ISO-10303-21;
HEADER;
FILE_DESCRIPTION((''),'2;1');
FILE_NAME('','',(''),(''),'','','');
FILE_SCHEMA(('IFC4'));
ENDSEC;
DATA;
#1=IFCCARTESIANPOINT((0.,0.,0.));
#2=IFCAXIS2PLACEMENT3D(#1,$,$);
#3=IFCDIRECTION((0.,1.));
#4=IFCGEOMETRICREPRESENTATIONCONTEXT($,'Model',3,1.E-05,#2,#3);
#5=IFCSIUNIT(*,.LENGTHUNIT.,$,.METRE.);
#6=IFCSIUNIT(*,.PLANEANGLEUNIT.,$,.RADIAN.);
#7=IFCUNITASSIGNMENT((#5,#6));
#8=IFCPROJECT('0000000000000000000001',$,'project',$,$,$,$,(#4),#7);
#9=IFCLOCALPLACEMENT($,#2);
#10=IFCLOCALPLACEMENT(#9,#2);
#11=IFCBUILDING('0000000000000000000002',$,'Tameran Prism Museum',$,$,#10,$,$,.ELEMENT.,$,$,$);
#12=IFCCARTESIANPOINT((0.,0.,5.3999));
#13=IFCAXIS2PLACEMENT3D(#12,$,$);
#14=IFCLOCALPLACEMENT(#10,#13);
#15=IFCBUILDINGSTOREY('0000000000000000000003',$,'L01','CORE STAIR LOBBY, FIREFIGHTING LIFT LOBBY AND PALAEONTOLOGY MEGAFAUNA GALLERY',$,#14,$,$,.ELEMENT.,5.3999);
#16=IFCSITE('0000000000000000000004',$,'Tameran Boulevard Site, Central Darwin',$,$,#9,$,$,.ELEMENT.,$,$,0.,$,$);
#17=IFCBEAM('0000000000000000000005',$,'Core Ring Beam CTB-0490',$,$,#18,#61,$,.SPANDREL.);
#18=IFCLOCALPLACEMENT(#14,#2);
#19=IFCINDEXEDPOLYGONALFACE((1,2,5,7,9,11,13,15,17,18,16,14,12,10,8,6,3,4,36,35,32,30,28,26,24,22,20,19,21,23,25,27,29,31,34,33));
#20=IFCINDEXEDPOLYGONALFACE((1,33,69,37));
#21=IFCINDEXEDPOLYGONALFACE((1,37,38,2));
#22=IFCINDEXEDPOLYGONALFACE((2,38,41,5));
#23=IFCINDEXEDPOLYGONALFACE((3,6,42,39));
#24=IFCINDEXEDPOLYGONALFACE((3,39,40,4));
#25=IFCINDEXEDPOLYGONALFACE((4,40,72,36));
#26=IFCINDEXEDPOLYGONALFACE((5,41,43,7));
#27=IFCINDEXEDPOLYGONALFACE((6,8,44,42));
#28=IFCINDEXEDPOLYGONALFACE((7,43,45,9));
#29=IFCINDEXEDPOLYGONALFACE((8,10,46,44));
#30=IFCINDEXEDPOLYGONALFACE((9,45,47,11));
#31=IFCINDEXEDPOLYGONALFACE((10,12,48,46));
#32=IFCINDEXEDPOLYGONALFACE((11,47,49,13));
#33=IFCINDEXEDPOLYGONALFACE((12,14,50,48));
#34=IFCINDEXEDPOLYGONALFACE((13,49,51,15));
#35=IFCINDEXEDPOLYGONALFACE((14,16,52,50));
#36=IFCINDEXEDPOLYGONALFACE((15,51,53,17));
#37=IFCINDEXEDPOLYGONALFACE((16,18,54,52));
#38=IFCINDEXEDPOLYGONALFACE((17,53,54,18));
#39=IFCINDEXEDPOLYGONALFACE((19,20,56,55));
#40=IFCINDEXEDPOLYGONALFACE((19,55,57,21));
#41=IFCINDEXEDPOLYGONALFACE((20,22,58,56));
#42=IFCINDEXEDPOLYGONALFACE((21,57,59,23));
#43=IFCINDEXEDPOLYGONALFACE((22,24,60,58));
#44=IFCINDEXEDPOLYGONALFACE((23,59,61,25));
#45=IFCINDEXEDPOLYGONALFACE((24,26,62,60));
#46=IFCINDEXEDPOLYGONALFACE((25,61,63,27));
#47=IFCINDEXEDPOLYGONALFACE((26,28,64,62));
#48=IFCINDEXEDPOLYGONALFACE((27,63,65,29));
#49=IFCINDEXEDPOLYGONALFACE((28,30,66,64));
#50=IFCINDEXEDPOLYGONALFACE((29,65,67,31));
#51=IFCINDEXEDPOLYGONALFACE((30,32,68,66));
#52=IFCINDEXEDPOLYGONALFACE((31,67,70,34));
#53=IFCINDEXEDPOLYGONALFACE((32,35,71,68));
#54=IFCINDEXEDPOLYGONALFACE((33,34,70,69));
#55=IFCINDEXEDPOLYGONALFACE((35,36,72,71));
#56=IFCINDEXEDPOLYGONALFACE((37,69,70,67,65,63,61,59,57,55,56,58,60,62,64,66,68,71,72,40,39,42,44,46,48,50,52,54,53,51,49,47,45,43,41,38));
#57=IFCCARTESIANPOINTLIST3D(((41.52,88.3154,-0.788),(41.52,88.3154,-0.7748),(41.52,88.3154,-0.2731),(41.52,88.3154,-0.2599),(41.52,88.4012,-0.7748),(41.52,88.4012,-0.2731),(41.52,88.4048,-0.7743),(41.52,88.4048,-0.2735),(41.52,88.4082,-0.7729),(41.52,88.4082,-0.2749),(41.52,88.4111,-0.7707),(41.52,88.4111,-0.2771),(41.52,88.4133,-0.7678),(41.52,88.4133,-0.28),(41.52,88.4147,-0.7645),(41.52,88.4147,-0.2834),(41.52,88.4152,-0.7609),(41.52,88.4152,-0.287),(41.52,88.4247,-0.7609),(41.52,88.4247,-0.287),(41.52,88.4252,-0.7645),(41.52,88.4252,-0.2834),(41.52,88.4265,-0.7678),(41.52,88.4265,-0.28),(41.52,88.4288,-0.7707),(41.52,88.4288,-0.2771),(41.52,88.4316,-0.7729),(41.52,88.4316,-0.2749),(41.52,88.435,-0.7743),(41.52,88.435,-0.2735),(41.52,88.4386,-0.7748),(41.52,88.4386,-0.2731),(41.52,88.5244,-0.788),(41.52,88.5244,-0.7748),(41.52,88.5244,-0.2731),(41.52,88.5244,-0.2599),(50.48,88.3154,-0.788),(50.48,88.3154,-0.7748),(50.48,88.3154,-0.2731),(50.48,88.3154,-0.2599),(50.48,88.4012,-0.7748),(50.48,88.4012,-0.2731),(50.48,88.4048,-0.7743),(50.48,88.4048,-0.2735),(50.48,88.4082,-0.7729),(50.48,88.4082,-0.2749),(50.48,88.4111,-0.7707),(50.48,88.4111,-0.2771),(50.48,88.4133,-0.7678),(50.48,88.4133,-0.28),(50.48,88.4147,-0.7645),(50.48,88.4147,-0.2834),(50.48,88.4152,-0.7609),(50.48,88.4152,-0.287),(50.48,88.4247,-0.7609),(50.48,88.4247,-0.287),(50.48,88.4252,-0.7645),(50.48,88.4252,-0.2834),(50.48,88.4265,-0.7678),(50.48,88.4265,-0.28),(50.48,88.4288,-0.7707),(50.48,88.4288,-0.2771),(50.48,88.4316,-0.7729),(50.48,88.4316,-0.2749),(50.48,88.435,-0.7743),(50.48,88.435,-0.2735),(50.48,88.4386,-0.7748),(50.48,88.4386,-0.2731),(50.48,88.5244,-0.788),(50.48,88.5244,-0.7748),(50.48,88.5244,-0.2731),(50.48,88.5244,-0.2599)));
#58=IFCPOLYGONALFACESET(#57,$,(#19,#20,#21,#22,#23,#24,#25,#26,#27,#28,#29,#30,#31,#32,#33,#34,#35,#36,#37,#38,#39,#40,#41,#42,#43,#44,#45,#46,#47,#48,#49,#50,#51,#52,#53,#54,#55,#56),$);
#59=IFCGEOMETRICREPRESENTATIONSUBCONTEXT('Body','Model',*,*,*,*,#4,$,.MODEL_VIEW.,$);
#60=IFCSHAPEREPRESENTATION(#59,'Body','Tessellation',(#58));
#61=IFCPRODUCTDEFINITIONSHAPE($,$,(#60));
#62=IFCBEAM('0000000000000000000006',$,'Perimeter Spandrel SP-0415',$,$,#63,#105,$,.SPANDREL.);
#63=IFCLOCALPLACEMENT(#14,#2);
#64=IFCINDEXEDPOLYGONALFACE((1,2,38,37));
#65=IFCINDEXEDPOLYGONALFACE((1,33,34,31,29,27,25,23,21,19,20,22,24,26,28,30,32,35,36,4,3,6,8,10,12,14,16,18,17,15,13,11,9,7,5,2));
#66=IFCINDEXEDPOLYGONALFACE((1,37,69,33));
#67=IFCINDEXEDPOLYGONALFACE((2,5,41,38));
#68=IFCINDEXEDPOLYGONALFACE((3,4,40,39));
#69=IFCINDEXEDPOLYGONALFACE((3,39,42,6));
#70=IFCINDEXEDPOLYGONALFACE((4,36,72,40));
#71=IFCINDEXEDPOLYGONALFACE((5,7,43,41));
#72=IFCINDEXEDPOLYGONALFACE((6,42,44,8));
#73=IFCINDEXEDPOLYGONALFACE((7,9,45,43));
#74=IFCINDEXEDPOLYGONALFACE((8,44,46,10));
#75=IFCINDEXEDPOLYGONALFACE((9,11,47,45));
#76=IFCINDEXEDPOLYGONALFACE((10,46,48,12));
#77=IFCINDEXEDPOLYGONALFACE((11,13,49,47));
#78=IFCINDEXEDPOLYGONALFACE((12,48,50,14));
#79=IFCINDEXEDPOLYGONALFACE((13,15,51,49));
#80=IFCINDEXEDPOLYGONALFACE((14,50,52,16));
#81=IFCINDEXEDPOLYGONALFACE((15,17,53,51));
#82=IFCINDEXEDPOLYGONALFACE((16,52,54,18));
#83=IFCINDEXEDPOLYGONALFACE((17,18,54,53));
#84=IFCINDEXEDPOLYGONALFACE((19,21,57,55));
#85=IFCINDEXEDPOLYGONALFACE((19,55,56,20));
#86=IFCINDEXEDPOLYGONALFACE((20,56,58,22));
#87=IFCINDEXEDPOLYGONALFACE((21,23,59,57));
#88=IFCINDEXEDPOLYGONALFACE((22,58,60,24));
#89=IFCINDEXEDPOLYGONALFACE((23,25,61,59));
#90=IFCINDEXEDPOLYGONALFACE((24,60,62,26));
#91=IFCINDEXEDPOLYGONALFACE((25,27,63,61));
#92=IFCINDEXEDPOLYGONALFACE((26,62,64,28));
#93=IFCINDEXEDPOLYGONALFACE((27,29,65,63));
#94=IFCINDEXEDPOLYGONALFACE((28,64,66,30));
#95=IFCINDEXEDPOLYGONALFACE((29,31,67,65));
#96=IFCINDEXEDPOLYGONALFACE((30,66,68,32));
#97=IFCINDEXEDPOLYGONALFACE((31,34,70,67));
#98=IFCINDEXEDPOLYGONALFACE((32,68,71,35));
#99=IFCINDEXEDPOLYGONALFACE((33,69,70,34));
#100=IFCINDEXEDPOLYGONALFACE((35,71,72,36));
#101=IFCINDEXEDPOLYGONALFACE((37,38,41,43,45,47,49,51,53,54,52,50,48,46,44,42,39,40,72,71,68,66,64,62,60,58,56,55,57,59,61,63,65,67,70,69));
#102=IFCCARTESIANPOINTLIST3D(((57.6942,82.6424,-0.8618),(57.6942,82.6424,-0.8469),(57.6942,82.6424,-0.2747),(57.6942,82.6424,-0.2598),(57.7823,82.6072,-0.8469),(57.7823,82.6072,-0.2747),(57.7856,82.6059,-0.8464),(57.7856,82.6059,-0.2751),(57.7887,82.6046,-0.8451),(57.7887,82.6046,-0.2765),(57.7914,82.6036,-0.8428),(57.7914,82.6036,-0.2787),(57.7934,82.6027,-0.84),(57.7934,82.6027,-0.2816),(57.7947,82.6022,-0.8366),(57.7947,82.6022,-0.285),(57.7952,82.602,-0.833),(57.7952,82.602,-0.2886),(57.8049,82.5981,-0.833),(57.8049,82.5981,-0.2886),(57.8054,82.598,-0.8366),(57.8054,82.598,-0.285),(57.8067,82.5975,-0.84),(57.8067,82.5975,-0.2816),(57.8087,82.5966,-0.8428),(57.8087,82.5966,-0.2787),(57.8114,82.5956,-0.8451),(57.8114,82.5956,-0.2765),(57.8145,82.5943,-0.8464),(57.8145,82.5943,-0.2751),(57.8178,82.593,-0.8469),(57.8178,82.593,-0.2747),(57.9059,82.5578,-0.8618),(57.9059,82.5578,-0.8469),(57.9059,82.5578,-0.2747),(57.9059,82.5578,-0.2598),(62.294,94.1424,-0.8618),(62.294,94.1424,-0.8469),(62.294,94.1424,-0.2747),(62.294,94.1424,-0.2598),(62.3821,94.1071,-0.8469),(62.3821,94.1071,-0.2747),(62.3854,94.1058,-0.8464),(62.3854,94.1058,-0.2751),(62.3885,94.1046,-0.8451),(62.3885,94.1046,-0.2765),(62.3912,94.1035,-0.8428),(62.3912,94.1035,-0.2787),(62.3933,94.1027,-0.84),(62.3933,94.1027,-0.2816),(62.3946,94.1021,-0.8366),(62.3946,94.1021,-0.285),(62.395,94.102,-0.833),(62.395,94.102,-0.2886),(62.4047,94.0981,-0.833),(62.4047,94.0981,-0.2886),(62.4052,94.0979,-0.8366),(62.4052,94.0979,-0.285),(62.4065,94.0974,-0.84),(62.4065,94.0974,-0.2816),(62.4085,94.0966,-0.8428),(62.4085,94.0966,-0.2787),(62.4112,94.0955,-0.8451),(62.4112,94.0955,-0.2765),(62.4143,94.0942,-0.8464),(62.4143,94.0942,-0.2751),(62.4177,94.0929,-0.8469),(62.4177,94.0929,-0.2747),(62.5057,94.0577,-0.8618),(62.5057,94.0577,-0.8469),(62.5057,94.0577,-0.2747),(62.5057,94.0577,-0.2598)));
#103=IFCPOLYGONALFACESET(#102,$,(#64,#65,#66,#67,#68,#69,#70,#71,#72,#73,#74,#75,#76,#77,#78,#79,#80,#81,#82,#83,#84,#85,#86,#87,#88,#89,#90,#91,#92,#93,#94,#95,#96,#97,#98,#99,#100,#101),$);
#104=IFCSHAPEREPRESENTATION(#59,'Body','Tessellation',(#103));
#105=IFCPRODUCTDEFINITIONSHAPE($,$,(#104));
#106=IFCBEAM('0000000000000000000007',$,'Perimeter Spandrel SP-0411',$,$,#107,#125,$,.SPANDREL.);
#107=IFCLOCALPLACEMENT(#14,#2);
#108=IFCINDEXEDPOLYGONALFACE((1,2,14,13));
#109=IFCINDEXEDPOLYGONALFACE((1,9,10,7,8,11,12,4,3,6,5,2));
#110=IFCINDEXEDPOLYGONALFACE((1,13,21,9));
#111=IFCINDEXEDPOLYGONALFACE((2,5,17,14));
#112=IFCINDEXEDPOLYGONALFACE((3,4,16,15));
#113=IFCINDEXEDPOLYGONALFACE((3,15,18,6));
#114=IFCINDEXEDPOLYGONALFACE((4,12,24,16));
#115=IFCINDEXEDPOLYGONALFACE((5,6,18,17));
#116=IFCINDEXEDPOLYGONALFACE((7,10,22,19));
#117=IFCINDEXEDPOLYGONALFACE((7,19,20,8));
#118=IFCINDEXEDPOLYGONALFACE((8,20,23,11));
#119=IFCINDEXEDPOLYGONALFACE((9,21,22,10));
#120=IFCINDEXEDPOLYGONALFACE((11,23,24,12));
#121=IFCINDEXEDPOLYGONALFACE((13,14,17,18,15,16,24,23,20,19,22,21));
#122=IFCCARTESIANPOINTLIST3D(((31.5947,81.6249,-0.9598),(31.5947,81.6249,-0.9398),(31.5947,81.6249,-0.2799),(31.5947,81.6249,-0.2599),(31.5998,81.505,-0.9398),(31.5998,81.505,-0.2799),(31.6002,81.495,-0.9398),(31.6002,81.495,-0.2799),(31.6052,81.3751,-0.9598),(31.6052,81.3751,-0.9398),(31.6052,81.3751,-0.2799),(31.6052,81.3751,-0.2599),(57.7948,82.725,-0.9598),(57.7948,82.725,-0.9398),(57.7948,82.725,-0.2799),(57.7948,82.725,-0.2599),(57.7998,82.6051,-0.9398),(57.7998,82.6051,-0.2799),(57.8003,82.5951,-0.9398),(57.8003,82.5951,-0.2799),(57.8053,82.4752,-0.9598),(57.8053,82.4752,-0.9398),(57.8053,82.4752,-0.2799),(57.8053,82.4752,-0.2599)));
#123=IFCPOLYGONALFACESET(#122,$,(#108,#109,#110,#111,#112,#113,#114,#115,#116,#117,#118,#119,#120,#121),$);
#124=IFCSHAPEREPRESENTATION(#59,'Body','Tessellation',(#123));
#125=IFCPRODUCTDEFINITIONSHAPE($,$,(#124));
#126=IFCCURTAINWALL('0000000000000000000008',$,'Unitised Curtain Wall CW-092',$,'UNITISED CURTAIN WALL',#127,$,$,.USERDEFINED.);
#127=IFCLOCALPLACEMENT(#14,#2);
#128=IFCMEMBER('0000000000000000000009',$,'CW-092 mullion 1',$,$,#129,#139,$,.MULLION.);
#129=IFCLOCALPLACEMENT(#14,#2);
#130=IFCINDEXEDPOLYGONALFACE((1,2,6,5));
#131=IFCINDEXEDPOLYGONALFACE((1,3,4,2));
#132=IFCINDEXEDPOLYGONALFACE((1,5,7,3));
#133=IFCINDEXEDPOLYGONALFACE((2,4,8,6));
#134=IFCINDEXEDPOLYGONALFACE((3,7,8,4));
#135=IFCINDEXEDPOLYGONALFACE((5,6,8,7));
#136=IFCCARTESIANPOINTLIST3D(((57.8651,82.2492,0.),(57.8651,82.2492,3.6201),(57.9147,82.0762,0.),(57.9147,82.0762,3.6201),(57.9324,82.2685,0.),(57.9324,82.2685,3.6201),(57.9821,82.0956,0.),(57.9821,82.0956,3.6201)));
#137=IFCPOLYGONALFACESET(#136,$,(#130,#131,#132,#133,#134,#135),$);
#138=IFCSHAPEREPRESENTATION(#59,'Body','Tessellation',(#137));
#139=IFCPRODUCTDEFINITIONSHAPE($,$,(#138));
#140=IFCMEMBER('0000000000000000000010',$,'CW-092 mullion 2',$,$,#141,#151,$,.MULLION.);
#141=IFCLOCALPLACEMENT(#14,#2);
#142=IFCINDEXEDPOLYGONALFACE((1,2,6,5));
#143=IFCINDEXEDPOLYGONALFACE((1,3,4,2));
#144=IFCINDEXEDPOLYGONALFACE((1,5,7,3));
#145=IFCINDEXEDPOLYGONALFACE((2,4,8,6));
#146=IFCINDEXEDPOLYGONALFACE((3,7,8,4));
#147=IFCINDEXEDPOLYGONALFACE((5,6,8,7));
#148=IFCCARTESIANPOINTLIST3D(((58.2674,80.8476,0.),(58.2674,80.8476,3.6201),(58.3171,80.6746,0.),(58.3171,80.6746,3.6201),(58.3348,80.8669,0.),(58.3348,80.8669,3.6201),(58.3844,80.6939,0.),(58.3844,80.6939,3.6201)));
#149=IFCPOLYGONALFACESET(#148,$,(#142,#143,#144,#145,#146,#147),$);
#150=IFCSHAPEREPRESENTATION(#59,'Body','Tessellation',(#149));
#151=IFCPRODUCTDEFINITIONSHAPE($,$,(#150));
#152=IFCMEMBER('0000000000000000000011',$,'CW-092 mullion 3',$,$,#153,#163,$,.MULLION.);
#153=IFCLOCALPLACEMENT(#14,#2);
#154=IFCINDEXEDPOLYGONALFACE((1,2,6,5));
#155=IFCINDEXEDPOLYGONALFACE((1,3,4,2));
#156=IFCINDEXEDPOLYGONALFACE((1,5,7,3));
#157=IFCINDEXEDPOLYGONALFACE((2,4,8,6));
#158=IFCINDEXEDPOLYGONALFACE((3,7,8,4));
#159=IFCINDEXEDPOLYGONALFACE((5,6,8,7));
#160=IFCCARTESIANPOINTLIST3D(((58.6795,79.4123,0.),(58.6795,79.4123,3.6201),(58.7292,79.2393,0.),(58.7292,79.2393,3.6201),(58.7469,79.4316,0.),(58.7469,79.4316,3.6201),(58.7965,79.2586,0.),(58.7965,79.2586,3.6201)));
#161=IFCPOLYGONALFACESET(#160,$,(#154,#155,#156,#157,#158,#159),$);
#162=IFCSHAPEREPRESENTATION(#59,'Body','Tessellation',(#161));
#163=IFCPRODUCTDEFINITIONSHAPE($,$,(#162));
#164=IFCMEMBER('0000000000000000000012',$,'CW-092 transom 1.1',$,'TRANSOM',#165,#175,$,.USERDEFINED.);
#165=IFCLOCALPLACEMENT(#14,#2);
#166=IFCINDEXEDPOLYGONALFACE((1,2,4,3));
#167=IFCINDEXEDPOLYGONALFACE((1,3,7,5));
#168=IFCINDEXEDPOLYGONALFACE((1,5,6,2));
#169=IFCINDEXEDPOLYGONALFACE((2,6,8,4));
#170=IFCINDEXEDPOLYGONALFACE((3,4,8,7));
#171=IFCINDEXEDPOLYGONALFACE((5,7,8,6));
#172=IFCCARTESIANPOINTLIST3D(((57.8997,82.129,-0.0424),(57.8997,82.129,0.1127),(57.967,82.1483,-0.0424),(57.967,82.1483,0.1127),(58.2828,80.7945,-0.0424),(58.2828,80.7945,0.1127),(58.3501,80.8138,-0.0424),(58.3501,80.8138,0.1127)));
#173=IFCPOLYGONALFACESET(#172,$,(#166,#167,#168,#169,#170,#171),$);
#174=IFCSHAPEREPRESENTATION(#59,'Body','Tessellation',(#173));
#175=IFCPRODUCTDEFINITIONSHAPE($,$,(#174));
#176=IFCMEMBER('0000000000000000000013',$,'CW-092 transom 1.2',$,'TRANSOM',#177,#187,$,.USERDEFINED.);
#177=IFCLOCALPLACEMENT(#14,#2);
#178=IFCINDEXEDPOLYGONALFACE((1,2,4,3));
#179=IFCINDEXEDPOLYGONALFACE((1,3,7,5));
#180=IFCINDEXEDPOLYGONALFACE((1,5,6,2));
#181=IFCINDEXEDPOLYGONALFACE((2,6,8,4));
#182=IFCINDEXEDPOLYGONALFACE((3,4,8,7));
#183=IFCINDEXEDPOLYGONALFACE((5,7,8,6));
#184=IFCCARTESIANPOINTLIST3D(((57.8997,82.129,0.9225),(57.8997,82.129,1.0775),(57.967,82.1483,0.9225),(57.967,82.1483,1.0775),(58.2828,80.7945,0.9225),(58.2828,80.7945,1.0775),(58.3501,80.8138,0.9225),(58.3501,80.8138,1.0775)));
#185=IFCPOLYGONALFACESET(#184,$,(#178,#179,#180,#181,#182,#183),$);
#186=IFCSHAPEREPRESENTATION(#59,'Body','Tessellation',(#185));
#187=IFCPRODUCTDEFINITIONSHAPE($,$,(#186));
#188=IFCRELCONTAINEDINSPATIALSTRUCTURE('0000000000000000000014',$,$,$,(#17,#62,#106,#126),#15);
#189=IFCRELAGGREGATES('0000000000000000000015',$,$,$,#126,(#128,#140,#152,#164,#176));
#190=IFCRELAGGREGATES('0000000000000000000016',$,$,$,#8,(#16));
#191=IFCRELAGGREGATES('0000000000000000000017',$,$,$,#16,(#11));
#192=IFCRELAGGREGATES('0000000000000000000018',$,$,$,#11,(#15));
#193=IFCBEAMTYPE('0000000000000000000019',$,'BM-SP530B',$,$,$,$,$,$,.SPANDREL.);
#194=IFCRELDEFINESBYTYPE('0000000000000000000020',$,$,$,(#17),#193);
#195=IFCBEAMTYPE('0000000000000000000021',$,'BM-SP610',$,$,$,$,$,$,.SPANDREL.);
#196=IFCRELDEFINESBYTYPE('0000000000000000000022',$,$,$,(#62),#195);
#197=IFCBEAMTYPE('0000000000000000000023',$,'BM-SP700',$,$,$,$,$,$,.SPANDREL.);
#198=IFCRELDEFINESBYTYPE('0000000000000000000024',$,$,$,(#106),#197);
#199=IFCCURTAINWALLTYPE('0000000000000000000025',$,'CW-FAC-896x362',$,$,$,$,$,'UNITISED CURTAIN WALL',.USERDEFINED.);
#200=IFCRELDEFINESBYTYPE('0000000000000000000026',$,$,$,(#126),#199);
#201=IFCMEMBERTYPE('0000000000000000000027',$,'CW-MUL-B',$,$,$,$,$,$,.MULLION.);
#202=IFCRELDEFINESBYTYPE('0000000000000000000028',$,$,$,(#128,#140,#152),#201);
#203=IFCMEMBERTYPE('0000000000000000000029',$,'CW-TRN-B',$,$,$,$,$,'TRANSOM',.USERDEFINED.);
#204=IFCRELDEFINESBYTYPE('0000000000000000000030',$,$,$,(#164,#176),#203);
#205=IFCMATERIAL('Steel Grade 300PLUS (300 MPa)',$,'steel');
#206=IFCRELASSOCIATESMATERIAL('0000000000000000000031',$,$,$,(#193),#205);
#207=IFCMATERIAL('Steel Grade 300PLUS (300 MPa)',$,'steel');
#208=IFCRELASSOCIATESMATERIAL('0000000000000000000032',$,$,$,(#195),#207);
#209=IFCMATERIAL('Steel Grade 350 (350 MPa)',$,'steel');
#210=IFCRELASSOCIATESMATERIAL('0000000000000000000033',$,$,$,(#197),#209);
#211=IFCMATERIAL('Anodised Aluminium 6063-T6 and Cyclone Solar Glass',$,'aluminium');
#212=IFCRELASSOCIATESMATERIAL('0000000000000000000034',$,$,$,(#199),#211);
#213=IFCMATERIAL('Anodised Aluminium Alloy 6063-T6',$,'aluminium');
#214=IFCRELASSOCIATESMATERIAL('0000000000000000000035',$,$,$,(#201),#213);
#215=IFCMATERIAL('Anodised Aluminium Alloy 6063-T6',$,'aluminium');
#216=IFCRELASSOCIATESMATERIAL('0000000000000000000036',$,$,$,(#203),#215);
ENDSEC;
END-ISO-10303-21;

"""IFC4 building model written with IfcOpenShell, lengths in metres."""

from ifc_helpers import new_model, si_unit, direction, frame, origin, origin_2d, place, context, subcontext, project, spatial, rectangle, i_section, extrude, material, material_profile, profile_set, type_object, element, aggregate, save


model = new_model("IFC4")

# Units and contexts
model_context = context("Model", 3, precision=1e-05, world=origin(), true_north=direction((0.0, 1.0)))
body_context = subcontext(model_context, "Body", "Model", "MODEL_VIEW")
ifc_project = project(units=[si_unit("LENGTHUNIT", "METRE"), si_unit("PLANEANGLEUNIT", "RADIAN")], contexts=[model_context])

# Site, building, storey
site_placement = place(None, origin())
site = spatial("IfcSite", under=ifc_project, at=site_placement, Name="Tameran Boulevard Site, Central Darwin", CompositionType="ELEMENT", RefElevation=0.0)
building_placement = place(site_placement, origin())
building = spatial("IfcBuilding", under=site, at=building_placement, Name="Tameran Prism Museum", CompositionType="ELEMENT")
storey_placement = place(building_placement, frame((0.0, 0.0, 5.3999)))
storey = spatial("IfcBuildingStorey", under=building, at=storey_placement, Name="L01", Description="CORE STAIR LOBBY, FIREFIGHTING LIFT LOBBY AND PALAEONTOLOGY MEGAFAUNA GALLERY", CompositionType="ELEMENT", Elevation=5.3999)

# Beams
ifc_material_1 = material(Name="Steel Grade 300PLUS (300 MPa)", Category="steel")
ifc_material_profile_1 = material_profile(ifc_material_1, i_section(OverallWidth=0.209, OverallDepth=0.5281, WebThickness=0.0095, FlangeThickness=0.0132, FilletRadius=0.0139, at=origin_2d()))
ifc_profile_set_1 = profile_set([ifc_material_profile_1])
beam_type_1 = type_object("IfcBeamType", Name="BM-SP530B", PredefinedType="SPANDREL", material=ifc_profile_set_1)
beam_1_placement = place(storey_placement, frame((41.52, 88.4199, -0.5239), z_axis=(1.0, 0.0, 0.0), x_axis=(0.0, 1.0, 0.0)))
element("IfcBeam", 1, at=beam_1_placement, inside=storey, type_object=beam_type_1, Name="Core Ring Beam CTB-0490", PredefinedType="SPANDREL", context=body_context, shape_type="SweptSolid", body=[
    extrude(i_section(OverallWidth=0.209, OverallDepth=0.5281, WebThickness=0.0095, FlangeThickness=0.0132, FilletRadius=0.0139, at=origin_2d()), origin(), (0.0, 0.0, 1.0), 8.96),
])
ifc_material_2 = material(Name="Steel Grade 300PLUS (300 MPa)", Category="steel")
ifc_material_profile_2 = material_profile(ifc_material_2, i_section(OverallWidth=0.228, OverallDepth=0.6021, WebThickness=0.0105, FlangeThickness=0.0149, FilletRadius=0.0139, at=origin_2d()))
ifc_profile_set_2 = profile_set([ifc_material_profile_2])
beam_type_2 = type_object("IfcBeamType", Name="BM-SP610", PredefinedType="SPANDREL", material=ifc_profile_set_2)
beam_2_placement = place(storey_placement, frame((57.8, 82.6001, -0.5608), z_axis=(0.37138, 0.928481, 0.0), x_axis=(-0.928481, 0.37138, 0.0)))
element("IfcBeam", 2, at=beam_2_placement, inside=storey, type_object=beam_type_2, Name="Perimeter Spandrel SP-0415", PredefinedType="SPANDREL", context=body_context, shape_type="SweptSolid", body=[
    extrude(i_section(OverallWidth=0.228, OverallDepth=0.6021, WebThickness=0.0105, FlangeThickness=0.0149, FilletRadius=0.0139, at=origin_2d()), origin(), (0.0, 0.0, 1.0), 12.3857),
])
ifc_material_3 = material(Name="Steel Grade 350 (350 MPa)", Category="steel")
ifc_material_profile_3 = material_profile(ifc_material_3, i_section(OverallWidth=0.25, OverallDepth=0.7, WebThickness=0.01, FlangeThickness=0.02, at=origin_2d()))
ifc_profile_set_3 = profile_set([ifc_material_profile_3])
beam_type_3 = type_object("IfcBeamType", Name="BM-SP700", PredefinedType="SPANDREL", material=ifc_profile_set_3)
beam_3_placement = place(storey_placement, frame((57.8, 82.6001, -0.6099), z_axis=(-0.99912, -0.041952, 0.0), x_axis=(0.041952, -0.99912, 0.0)))
element("IfcBeam", 3, at=beam_3_placement, inside=storey, type_object=beam_type_3, Name="Perimeter Spandrel SP-0411", PredefinedType="SPANDREL", context=body_context, shape_type="SweptSolid", body=[
    extrude(i_section(OverallWidth=0.25, OverallDepth=0.7, WebThickness=0.01, FlangeThickness=0.02, at=origin_2d()), origin(), (0.0, 0.0, 1.0), 26.2231),
])

# Curtain wall, members
ifc_material_4 = material(Name="Anodised Aluminium 6063-T6 and Cyclone Solar Glass", Category="aluminium")
curtain_wall_type = type_object("IfcCurtainWallType", Name="CW-FAC-896x362", ElementType="UNITISED CURTAIN WALL", PredefinedType="USERDEFINED", material=ifc_material_4)
curtain_wall_placement = place(storey_placement, origin())
curtain_wall = element("IfcCurtainWall", 4, at=curtain_wall_placement, inside=storey, type_object=curtain_wall_type, Name="Unitised Curtain Wall CW-092", ObjectType="UNITISED CURTAIN WALL", PredefinedType="USERDEFINED")
ifc_material_5 = material(Name="Anodised Aluminium Alloy 6063-T6", Category="aluminium")
ifc_material_profile_4 = material_profile(ifc_material_5, rectangle(XDim=0.0701, YDim=0.1799, at=origin_2d()))
ifc_profile_set_4 = profile_set([ifc_material_profile_4])
member_type_1 = type_object("IfcMemberType", Name="CW-MUL-B", PredefinedType="MULLION", material=ifc_profile_set_4)
member_1_placement = place(storey_placement, frame((57.9236, 82.1724, 0.0), z_axis=(0.0, 0.0, 1.0), x_axis=(0.961186, 0.2759, 0.0)))
member_1 = element("IfcMember", 5, at=member_1_placement, type_object=member_type_1, Name="CW-092 mullion 1", PredefinedType="MULLION", context=body_context, shape_type="SweptSolid", body=[
    extrude(rectangle(XDim=0.0701, YDim=0.1799, at=origin_2d()), origin(), (0.0, 0.0, 1.0), 3.6201),
])
member_2_placement = place(storey_placement, frame((58.3259, 80.7708, 0.0), z_axis=(0.0, 0.0, 1.0), x_axis=(0.961186, 0.2759, 0.0)))
member_2 = element("IfcMember", 6, at=member_2_placement, type_object=member_type_1, Name="CW-092 mullion 2", PredefinedType="MULLION", context=body_context, shape_type="SweptSolid", body=[
    extrude(rectangle(XDim=0.0701, YDim=0.1799, at=origin_2d()), origin(), (0.0, 0.0, 1.0), 3.6201),
])
member_3_placement = place(storey_placement, frame((58.738, 79.3354, 0.0), z_axis=(0.0, 0.0, 1.0), x_axis=(0.961186, 0.2759, 0.0)))
member_3 = element("IfcMember", 7, at=member_3_placement, type_object=member_type_1, Name="CW-092 mullion 3", PredefinedType="MULLION", context=body_context, shape_type="SweptSolid", body=[
    extrude(rectangle(XDim=0.0701, YDim=0.1799, at=origin_2d()), origin(), (0.0, 0.0, 1.0), 3.6201),
])
ifc_material_6 = material(Name="Anodised Aluminium Alloy 6063-T6", Category="aluminium")
ifc_material_profile_5 = material_profile(ifc_material_6, rectangle(XDim=0.0701, YDim=0.155, at=origin_2d()))
ifc_profile_set_5 = profile_set([ifc_material_profile_5])
member_type_2 = type_object("IfcMemberType", Name="CW-TRN-B", ElementType="TRANSOM", PredefinedType="USERDEFINED", material=ifc_profile_set_5)
member_4_placement = place(storey_placement, frame((57.9333, 82.1387, 0.0352), z_axis=(0.275905, -0.961185, 0.0), x_axis=(0.961185, 0.275905, 0.0)))
member_4 = element("IfcMember", 8, at=member_4_placement, type_object=member_type_2, Name="CW-092 transom 1.1", ObjectType="TRANSOM", PredefinedType="USERDEFINED", context=body_context, shape_type="SweptSolid", body=[
    extrude(rectangle(XDim=0.0701, YDim=0.155, at=origin_2d()), origin(), (0.0, 0.0, 1.0), 1.3884),
])
member_5_placement = place(storey_placement, frame((57.9333, 82.1387, 1.0), z_axis=(0.275905, -0.961185, 0.0), x_axis=(0.961185, 0.275905, 0.0)))
member_5 = element("IfcMember", 9, at=member_5_placement, type_object=member_type_2, Name="CW-092 transom 1.2", ObjectType="TRANSOM", PredefinedType="USERDEFINED", context=body_context, shape_type="SweptSolid", body=[
    extrude(rectangle(XDim=0.0701, YDim=0.155, at=origin_2d()), origin(), (0.0, 0.0, 1.0), 1.3884),
])
aggregate(curtain_wall, [member_1, member_2, member_3, member_4, member_5])

save(model, "model.ifc")
